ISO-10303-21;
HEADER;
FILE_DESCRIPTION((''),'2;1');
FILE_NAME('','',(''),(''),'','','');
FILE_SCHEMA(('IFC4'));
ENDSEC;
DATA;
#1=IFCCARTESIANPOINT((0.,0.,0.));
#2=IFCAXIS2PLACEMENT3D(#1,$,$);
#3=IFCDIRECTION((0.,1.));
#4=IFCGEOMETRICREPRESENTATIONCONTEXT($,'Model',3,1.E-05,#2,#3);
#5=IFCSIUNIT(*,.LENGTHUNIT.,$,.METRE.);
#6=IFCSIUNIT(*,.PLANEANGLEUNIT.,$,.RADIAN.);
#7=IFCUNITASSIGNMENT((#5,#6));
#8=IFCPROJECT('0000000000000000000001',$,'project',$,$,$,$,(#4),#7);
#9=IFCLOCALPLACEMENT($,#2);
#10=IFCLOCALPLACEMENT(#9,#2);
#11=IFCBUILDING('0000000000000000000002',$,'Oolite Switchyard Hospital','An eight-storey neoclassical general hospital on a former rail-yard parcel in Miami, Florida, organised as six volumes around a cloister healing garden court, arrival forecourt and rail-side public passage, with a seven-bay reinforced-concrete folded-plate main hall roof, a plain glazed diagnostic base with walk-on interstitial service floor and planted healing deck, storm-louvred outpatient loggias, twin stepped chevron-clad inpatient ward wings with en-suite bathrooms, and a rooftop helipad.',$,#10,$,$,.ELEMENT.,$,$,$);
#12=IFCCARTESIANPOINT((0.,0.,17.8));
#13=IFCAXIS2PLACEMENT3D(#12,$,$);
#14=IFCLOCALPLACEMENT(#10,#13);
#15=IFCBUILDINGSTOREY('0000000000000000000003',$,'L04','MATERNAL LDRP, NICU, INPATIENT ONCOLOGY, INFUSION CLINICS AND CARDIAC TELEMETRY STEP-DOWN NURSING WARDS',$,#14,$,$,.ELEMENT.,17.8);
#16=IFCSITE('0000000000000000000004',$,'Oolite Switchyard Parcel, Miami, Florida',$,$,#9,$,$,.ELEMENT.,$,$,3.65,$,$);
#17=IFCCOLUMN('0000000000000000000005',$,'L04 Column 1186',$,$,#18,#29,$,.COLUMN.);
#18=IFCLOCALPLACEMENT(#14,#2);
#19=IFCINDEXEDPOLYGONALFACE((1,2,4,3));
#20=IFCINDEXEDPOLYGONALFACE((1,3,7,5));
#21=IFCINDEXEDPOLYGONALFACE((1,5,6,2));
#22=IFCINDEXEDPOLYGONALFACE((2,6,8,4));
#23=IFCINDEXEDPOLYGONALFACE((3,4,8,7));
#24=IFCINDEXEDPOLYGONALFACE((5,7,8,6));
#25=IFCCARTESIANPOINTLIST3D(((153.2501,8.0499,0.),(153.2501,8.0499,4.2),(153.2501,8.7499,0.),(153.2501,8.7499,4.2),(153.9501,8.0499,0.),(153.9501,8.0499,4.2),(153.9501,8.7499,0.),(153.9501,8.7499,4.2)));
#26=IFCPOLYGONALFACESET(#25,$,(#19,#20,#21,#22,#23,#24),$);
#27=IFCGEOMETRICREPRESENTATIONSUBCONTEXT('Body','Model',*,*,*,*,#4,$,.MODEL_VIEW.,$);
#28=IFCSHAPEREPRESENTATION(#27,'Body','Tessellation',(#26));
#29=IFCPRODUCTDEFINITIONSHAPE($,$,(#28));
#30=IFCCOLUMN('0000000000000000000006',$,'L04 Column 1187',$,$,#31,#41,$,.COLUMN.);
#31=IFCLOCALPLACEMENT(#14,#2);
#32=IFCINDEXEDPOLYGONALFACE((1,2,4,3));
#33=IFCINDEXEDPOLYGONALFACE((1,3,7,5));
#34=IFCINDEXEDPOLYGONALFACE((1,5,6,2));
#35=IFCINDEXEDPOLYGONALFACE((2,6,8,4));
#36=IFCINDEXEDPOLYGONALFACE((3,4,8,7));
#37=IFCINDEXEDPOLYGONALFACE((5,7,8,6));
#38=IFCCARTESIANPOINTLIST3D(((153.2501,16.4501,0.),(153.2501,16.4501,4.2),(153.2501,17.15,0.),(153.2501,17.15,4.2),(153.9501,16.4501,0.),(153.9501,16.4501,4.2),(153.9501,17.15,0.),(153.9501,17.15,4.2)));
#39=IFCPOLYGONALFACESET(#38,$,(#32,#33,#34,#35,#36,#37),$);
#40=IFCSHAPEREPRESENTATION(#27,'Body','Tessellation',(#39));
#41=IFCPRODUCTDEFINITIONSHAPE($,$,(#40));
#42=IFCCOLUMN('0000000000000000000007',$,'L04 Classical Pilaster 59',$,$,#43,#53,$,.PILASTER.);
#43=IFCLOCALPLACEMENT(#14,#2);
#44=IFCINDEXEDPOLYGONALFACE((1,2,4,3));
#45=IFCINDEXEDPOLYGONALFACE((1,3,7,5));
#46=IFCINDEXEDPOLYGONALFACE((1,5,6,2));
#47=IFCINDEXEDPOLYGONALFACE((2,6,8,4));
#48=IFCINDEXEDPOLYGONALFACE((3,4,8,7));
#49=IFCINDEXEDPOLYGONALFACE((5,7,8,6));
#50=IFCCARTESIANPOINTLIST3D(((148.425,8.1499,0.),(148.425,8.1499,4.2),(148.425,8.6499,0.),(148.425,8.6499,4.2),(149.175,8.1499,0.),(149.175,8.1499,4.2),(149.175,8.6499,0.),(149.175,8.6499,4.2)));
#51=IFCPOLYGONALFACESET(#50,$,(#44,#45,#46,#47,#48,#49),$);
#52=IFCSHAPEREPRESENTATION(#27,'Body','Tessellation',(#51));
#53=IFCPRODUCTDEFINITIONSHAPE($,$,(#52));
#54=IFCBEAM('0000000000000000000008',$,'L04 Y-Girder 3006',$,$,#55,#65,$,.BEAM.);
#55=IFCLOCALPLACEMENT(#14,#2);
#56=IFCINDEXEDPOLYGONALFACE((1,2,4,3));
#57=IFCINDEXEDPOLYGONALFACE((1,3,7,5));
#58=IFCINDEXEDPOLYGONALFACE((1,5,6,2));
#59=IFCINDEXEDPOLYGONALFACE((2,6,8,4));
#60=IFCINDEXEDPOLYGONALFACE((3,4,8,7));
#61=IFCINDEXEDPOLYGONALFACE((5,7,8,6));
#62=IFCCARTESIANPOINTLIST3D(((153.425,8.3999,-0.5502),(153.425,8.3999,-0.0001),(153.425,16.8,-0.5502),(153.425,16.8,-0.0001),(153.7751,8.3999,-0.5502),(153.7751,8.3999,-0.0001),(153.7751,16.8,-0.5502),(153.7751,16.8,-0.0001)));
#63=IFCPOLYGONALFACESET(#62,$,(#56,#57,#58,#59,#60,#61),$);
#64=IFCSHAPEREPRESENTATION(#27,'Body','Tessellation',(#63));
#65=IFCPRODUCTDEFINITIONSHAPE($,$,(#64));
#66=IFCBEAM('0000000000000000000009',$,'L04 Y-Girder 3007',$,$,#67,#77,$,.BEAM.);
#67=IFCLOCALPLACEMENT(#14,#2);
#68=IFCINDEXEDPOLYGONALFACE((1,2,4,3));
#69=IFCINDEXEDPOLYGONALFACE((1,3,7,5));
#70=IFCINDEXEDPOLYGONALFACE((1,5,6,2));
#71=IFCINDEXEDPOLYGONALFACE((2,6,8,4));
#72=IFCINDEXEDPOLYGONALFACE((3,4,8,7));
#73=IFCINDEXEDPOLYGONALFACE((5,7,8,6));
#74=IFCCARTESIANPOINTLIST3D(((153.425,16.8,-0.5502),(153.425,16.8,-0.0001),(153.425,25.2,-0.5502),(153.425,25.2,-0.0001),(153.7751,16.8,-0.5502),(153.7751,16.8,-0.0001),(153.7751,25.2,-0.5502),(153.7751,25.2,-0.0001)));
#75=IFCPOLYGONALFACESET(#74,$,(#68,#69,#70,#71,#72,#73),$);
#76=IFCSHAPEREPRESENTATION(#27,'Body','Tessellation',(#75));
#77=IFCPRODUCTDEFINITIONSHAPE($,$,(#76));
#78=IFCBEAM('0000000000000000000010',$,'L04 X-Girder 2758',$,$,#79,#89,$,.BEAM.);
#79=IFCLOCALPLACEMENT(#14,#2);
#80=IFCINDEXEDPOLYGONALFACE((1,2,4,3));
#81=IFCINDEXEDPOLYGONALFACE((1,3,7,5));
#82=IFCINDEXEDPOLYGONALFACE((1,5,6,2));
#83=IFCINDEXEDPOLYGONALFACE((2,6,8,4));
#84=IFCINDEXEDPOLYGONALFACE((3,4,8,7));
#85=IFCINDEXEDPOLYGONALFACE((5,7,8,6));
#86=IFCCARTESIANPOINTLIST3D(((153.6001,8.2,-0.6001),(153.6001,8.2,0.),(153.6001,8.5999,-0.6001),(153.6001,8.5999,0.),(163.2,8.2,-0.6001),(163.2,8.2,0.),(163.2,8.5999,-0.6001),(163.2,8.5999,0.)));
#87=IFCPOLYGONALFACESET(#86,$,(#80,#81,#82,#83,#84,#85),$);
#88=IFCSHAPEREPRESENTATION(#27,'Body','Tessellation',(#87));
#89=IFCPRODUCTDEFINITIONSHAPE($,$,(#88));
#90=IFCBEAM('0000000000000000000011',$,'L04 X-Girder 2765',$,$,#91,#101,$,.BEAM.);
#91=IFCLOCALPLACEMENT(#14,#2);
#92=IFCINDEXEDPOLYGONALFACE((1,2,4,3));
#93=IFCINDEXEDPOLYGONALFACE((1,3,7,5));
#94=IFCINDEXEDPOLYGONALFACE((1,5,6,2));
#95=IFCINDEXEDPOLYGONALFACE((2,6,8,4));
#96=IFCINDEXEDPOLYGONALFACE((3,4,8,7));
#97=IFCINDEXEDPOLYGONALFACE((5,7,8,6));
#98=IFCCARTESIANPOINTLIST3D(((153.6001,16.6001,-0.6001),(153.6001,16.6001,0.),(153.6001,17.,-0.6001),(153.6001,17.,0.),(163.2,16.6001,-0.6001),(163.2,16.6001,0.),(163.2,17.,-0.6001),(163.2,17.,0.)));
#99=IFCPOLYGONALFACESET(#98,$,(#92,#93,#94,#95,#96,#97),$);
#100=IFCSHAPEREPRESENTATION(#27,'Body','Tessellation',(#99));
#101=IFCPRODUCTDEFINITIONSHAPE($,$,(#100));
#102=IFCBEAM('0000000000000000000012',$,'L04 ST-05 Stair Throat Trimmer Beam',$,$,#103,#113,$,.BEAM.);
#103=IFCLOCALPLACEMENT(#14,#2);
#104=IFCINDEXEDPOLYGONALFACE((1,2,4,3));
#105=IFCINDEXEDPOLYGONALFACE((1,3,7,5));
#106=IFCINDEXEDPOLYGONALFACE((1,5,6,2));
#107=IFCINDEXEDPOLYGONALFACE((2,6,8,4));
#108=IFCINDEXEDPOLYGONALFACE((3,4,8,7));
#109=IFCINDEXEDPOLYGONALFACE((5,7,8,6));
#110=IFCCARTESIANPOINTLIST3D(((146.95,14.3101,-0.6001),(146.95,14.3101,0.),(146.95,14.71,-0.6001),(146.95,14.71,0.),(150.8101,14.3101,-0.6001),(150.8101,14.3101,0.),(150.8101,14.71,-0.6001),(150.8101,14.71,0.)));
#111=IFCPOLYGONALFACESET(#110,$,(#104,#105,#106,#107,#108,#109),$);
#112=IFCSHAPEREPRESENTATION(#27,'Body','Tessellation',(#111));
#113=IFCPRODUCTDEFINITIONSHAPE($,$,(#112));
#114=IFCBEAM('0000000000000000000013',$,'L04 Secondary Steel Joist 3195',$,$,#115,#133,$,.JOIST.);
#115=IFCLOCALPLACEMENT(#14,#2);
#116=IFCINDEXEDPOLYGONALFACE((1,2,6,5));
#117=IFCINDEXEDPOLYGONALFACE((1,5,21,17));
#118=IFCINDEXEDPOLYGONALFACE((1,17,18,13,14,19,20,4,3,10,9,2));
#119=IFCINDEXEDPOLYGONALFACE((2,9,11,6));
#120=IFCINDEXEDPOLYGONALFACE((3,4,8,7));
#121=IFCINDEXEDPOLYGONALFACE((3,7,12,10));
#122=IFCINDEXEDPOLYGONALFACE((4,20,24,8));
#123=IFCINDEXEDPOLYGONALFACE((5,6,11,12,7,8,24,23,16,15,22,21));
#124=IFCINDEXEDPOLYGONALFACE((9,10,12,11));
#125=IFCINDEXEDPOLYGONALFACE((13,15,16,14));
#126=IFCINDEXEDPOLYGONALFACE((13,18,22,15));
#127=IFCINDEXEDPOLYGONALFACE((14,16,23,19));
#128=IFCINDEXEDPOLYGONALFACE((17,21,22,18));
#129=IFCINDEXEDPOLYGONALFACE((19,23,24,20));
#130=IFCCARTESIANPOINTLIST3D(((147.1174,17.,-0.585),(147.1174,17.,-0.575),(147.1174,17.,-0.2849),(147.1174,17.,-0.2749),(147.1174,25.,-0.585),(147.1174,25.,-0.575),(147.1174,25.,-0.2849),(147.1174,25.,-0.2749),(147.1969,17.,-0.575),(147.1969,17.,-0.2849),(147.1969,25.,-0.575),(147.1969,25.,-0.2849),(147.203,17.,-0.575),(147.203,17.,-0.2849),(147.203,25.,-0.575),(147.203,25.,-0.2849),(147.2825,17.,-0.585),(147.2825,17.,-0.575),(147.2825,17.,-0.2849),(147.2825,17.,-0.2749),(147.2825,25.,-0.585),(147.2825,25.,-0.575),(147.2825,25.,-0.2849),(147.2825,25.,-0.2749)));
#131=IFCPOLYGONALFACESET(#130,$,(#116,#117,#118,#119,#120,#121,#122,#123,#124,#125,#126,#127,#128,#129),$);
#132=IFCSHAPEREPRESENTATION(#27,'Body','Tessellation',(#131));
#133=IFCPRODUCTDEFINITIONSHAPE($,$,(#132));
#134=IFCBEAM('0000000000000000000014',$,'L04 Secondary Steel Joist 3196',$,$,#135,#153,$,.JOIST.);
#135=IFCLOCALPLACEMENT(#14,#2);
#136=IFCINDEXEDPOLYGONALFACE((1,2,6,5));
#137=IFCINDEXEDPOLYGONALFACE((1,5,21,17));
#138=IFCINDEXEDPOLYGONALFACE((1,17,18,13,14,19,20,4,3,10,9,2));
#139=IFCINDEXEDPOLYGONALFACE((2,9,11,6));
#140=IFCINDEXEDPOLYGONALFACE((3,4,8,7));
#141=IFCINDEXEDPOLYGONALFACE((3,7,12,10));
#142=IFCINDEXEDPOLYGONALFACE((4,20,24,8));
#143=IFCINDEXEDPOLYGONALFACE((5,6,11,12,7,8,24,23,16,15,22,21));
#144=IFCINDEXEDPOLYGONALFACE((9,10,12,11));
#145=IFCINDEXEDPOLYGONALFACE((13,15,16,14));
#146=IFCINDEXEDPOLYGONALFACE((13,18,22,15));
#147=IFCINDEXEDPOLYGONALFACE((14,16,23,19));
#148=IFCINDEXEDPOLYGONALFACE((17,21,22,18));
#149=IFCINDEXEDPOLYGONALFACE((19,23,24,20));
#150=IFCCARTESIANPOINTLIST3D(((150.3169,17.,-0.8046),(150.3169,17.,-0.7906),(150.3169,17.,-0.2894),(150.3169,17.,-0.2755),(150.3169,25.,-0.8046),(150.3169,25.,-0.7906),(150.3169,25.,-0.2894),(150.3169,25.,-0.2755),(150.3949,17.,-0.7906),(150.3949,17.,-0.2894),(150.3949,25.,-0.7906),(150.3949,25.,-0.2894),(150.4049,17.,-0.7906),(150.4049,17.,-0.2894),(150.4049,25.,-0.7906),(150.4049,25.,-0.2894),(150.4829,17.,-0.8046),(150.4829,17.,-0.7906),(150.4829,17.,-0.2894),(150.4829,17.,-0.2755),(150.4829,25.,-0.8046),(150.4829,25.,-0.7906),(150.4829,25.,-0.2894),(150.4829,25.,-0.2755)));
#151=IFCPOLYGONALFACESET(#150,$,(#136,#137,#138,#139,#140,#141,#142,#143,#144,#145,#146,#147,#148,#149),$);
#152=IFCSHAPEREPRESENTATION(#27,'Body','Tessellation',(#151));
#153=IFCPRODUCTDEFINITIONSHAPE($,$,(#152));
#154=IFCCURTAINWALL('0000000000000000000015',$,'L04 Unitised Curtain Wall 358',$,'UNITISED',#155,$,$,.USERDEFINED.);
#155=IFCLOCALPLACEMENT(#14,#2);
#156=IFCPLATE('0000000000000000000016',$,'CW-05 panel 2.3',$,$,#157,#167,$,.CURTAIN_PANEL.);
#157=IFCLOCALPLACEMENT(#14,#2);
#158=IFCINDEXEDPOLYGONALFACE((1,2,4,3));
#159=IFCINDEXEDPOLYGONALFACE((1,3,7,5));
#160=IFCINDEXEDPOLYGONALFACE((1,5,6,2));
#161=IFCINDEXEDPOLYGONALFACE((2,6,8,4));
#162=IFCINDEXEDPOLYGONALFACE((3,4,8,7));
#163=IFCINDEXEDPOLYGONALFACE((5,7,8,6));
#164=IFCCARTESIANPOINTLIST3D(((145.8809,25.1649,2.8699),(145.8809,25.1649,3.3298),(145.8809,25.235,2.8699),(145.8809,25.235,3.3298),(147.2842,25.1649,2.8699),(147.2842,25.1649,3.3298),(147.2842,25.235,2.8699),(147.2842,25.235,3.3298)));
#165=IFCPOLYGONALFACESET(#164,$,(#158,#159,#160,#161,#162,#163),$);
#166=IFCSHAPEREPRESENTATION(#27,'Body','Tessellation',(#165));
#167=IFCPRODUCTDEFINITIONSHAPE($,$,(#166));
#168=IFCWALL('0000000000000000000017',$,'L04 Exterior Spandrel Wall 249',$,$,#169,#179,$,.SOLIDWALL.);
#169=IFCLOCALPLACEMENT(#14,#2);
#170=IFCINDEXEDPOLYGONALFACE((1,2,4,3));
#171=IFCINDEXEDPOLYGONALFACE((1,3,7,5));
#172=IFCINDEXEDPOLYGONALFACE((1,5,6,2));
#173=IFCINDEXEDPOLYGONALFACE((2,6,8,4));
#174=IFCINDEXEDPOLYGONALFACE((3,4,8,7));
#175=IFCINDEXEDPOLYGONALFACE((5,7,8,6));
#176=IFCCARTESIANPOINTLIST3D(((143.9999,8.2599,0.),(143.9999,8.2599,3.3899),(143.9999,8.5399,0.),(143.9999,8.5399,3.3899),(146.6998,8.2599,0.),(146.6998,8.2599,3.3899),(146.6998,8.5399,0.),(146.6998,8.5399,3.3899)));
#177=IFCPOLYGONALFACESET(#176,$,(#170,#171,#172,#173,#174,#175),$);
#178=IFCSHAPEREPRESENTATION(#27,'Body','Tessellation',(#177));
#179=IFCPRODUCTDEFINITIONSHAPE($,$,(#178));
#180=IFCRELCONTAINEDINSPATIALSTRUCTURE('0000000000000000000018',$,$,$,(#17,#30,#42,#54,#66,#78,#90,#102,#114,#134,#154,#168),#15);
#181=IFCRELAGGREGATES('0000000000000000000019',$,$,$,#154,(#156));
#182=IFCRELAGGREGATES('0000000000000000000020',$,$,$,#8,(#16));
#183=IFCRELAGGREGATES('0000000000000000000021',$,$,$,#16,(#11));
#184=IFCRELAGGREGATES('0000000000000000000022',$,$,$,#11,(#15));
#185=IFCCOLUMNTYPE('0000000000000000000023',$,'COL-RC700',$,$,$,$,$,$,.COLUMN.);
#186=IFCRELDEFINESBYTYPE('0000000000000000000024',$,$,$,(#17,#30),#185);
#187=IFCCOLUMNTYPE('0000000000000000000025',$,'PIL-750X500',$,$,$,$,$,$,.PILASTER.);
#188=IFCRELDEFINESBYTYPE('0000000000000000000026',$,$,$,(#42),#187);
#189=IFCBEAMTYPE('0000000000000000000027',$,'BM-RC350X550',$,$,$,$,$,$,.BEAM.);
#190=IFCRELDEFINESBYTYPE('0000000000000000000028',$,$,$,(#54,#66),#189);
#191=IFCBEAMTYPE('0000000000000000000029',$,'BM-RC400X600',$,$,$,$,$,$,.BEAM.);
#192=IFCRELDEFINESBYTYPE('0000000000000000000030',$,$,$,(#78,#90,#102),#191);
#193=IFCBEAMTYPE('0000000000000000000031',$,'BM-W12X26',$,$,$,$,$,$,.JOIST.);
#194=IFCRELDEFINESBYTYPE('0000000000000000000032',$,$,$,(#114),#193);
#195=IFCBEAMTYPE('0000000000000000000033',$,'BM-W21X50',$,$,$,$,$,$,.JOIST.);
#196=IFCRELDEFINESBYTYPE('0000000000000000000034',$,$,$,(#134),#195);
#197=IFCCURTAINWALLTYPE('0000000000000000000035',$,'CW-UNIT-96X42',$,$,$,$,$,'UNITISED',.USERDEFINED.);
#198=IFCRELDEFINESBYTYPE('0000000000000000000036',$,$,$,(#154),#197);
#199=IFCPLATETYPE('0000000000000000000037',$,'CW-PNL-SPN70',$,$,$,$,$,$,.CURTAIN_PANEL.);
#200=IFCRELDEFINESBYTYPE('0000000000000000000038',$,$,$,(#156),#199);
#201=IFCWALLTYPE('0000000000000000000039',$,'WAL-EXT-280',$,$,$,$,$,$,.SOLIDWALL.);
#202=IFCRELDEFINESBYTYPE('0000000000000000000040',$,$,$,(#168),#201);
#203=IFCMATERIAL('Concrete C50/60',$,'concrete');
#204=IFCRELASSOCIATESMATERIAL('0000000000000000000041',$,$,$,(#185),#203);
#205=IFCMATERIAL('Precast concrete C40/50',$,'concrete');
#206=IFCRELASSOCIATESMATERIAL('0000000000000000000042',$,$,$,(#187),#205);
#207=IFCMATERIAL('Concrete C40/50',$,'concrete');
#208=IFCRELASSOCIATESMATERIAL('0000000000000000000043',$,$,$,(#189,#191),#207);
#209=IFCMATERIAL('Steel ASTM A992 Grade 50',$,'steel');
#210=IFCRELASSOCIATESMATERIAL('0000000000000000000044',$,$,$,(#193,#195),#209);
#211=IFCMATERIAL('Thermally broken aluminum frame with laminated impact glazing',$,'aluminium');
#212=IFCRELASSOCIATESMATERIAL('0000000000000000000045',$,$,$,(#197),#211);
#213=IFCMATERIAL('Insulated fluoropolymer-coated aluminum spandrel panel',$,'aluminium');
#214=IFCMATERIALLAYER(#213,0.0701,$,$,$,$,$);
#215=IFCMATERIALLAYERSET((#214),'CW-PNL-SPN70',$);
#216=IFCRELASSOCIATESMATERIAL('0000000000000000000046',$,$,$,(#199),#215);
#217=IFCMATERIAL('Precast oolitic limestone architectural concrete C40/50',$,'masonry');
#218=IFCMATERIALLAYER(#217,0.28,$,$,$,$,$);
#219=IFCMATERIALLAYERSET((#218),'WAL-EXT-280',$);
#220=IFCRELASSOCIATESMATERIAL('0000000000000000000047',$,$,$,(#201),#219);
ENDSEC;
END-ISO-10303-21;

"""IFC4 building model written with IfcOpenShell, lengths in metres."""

from ifc_helpers import new_model, si_unit, direction, frame, frame_2d, origin, origin_2d, place, context, subcontext, project, spatial, rectangle, i_section, extrude, material, layer, layer_set, material_profile, profile_set, type_object, element, aggregate, save


model = new_model("IFC4")

# Units and contexts
model_context = context("Model", 3, precision=1e-05, world=origin(), true_north=direction((0.0, 1.0)))
body_context = subcontext(model_context, "Body", "Model", "MODEL_VIEW")
ifc_project = project(units=[si_unit("LENGTHUNIT", "METRE"), si_unit("PLANEANGLEUNIT", "RADIAN")], contexts=[model_context])

# Site, building, storey
site_placement = place(None, origin())
site = spatial("IfcSite", under=ifc_project, at=site_placement, Name="Oolite Switchyard Parcel, Miami, Florida", CompositionType="ELEMENT", RefElevation=3.65)
building_placement = place(site_placement, origin())
building = spatial("IfcBuilding", under=site, at=building_placement, Name="Oolite Switchyard Hospital", Description="An eight-storey neoclassical general hospital on a former rail-yard parcel in Miami, Florida, organised as six volumes around a cloister healing garden court, arrival forecourt and rail-side public passage, with a seven-bay reinforced-concrete folded-plate main hall roof, a plain glazed diagnostic base with walk-on interstitial service floor and planted healing deck, storm-louvred outpatient loggias, twin stepped chevron-clad inpatient ward wings with en-suite bathrooms, and a rooftop helipad.", CompositionType="ELEMENT")
storey_placement = place(building_placement, frame((0.0, 0.0, 17.8)))
storey = spatial("IfcBuildingStorey", under=building, at=storey_placement, Name="L04", Description="MATERNAL LDRP, NICU, INPATIENT ONCOLOGY, INFUSION CLINICS AND CARDIAC TELEMETRY STEP-DOWN NURSING WARDS", CompositionType="ELEMENT", Elevation=17.8)

# Columns
ifc_material_1 = material(Name="Concrete C50/60", Category="concrete")
ifc_material_profile_1 = material_profile(ifc_material_1, rectangle(XDim=0.7, YDim=0.7, at=origin_2d()), Name="RC700X700")
ifc_profile_set_1 = profile_set([ifc_material_profile_1], Name="Concrete C50/60")
column_type_1 = type_object("IfcColumnType", Name="COL-RC700", PredefinedType="COLUMN", material=ifc_profile_set_1)
for number, where, z_axis, x_axis, name in (
    (1, (153.6001, 8.3999, 0.0), (0.0, 0.0, 1.0), (1.0, 0.0, 0.0), "L04 Column 1186"),
    (2, (153.6001, 16.8, 0.0), (0.0, 0.0, 1.0), (1.0, 0.0, 0.0), "L04 Column 1187"),
):
    element("IfcColumn", number, at=place(storey_placement, frame(where, z_axis=z_axis, x_axis=x_axis)), inside=storey, type_object=column_type_1, Name=name, PredefinedType="COLUMN", context=body_context, shape_type="SweptSolid", body=[
        extrude(rectangle(XDim=0.7, YDim=0.7, at=origin_2d()), origin(), (0.0, 0.0, 1.0), 4.2),
    ])
ifc_material_2 = material(Name="Precast concrete C40/50", Category="concrete")
ifc_material_profile_2 = material_profile(ifc_material_2, rectangle(XDim=0.75, YDim=0.5, at=origin_2d()), Name="PIL750X500")
ifc_profile_set_2 = profile_set([ifc_material_profile_2], Name="Precast concrete C40/50")
column_type_2 = type_object("IfcColumnType", Name="PIL-750X500", PredefinedType="PILASTER", material=ifc_profile_set_2)
column_placement = place(storey_placement, frame((148.8, 8.3999, 0.0), z_axis=(0.0, 0.0, 1.0), x_axis=(1.0, 0.0, 0.0)))
element("IfcColumn", 3, at=column_placement, inside=storey, type_object=column_type_2, Name="L04 Classical Pilaster 59", PredefinedType="PILASTER", context=body_context, shape_type="SweptSolid", body=[
    extrude(rectangle(XDim=0.75, YDim=0.5, at=origin_2d()), origin(), (0.0, 0.0, 1.0), 4.2),
])

# Beams
ifc_material_3 = material(Name="Concrete C40/50", Category="concrete")
ifc_material_profile_3 = material_profile(ifc_material_3, rectangle(XDim=0.3501, YDim=0.55, at=origin_2d()), Name="RCB350X550")
ifc_profile_set_3 = profile_set([ifc_material_profile_3], Name="Concrete C40/50")
beam_type_1 = type_object("IfcBeamType", Name="BM-RC350X550", PredefinedType="BEAM", material=ifc_profile_set_3)
beam_1_placement = place(storey_placement, frame((153.6001, 8.3999, -0.2751), z_axis=(0.0, 1.0, 0.0), x_axis=(-1.0, 0.0, 0.0)))
element("IfcBeam", 4, at=beam_1_placement, inside=storey, type_object=beam_type_1, Name="L04 Y-Girder 3006", PredefinedType="BEAM", context=body_context, shape_type="SweptSolid", body=[
    extrude(rectangle(XDim=0.3501, YDim=0.55, at=origin_2d()), origin(), (0.0, 0.0, 1.0), 8.4001),
])
beam_2_placement = place(storey_placement, frame((153.6001, 16.8, -0.2751), z_axis=(0.0, 1.0, 0.0), x_axis=(-1.0, 0.0, 0.0)))
element("IfcBeam", 5, at=beam_2_placement, inside=storey, type_object=beam_type_1, Name="L04 Y-Girder 3007", PredefinedType="BEAM", context=body_context, shape_type="SweptSolid", body=[
    extrude(rectangle(XDim=0.3501, YDim=0.55, at=origin_2d()), origin(), (0.0, 0.0, 1.0), 8.3999),
])
ifc_material_profile_4 = material_profile(ifc_material_3, rectangle(XDim=0.3999, YDim=0.6001, at=origin_2d()), Name="RCB400X600")
ifc_profile_set_4 = profile_set([ifc_material_profile_4], Name="Concrete C40/50")
beam_type_2 = type_object("IfcBeamType", Name="BM-RC400X600", PredefinedType="BEAM", material=ifc_profile_set_4)
for number, where, z_axis, x_axis, name in (
    (6, (153.6001, 8.3999, -0.3), (1.0, 0.0, 0.0), (0.0, 1.0, 0.0), "L04 X-Girder 2758"),
    (7, (153.6001, 16.8, -0.3), (1.0, 0.0, 0.0), (0.0, 1.0, 0.0), "L04 X-Girder 2765"),
):
    element("IfcBeam", number, at=place(storey_placement, frame(where, z_axis=z_axis, x_axis=x_axis)), inside=storey, type_object=beam_type_2, Name=name, PredefinedType="BEAM", context=body_context, shape_type="SweptSolid", body=[
        extrude(rectangle(XDim=0.3999, YDim=0.6001, at=origin_2d()), origin(), (0.0, 0.0, 1.0), 9.5999),
    ])
beam_3_placement = place(storey_placement, frame((146.95, 14.51, -0.3), z_axis=(1.0, 0.0, 0.0), x_axis=(0.0, 1.0, 0.0)))
element("IfcBeam", 8, at=beam_3_placement, inside=storey, type_object=beam_type_2, Name="L04 ST-05 Stair Throat Trimmer Beam", PredefinedType="BEAM", context=body_context, shape_type="SweptSolid", body=[
    extrude(rectangle(XDim=0.3999, YDim=0.6001, at=origin_2d()), origin(), (0.0, 0.0, 1.0), 3.8601),
])
ifc_material_4 = material(Name="Steel ASTM A992 Grade 50", Category="steel")
ifc_material_profile_5 = material_profile(ifc_material_4, i_section(OverallWidth=0.165, OverallDepth=0.3101, WebThickness=0.0061, FlangeThickness=0.01, at=origin_2d()), Name="W12X26")
ifc_profile_set_5 = profile_set([ifc_material_profile_5], Name="Steel ASTM A992 Grade 50")
beam_type_3 = type_object("IfcBeamType", Name="BM-W12X26", PredefinedType="JOIST", material=ifc_profile_set_5)
beam_4_placement = place(storey_placement, frame((147.2, 17.0, -0.4299), z_axis=(0.0, 1.0, 0.0), x_axis=(-1.0, 0.0, 0.0)))
element("IfcBeam", 9, at=beam_4_placement, inside=storey, type_object=beam_type_3, Name="L04 Secondary Steel Joist 3195", PredefinedType="JOIST", context=body_context, shape_type="SweptSolid", body=[
    extrude(i_section(OverallWidth=0.165, OverallDepth=0.3101, WebThickness=0.0061, FlangeThickness=0.01, at=origin_2d()), origin(), (0.0, 0.0, 1.0), 8.0),
])
ifc_material_profile_6 = material_profile(ifc_material_4, i_section(OverallWidth=0.166, OverallDepth=0.5291, WebThickness=0.01, FlangeThickness=0.0139, at=origin_2d()), Name="W21X50")
ifc_profile_set_6 = profile_set([ifc_material_profile_6], Name="Steel ASTM A992 Grade 50")
beam_type_4 = type_object("IfcBeamType", Name="BM-W21X50", PredefinedType="JOIST", material=ifc_profile_set_6)
beam_5_placement = place(storey_placement, frame((150.3999, 17.0, -0.54), z_axis=(0.0, 1.0, 0.0), x_axis=(-1.0, 0.0, 0.0)))
element("IfcBeam", 10, at=beam_5_placement, inside=storey, type_object=beam_type_4, Name="L04 Secondary Steel Joist 3196", PredefinedType="JOIST", context=body_context, shape_type="SweptSolid", body=[
    extrude(i_section(OverallWidth=0.166, OverallDepth=0.5291, WebThickness=0.01, FlangeThickness=0.0139, at=origin_2d()), origin(), (0.0, 0.0, 1.0), 8.0),
])

# Curtain wall, plate
ifc_material_5 = material(Name="Thermally broken aluminum frame with laminated impact glazing", Category="aluminium")
curtain_wall_type = type_object("IfcCurtainWallType", Name="CW-UNIT-96X42", ElementType="UNITISED", PredefinedType="USERDEFINED", material=ifc_material_5)
curtain_wall_placement = place(storey_placement, origin())
curtain_wall = element("IfcCurtainWall", 11, at=curtain_wall_placement, inside=storey, type_object=curtain_wall_type, Name="L04 Unitised Curtain Wall 358", ObjectType="UNITISED", PredefinedType="USERDEFINED")
ifc_material_6 = material(Name="Insulated fluoropolymer-coated aluminum spandrel panel", Category="aluminium")
ifc_layer_1 = layer(ifc_material_6, 0.0701)
ifc_layer_set_1 = layer_set([ifc_layer_1], Name="CW-PNL-SPN70")
plate_type = type_object("IfcPlateType", Name="CW-PNL-SPN70", PredefinedType="CURTAIN_PANEL", material=ifc_layer_set_1)
plate_placement = place(storey_placement, frame((146.5825, 25.2, 2.8699), z_axis=(0.0, 0.0, 1.0), x_axis=(1.0, 0.0, 0.0)))
plate = element("IfcPlate", 12, at=plate_placement, type_object=plate_type, Name="CW-05 panel 2.3", PredefinedType="CURTAIN_PANEL", context=body_context, shape_type="SweptSolid", body=[
    extrude(rectangle(XDim=1.4033, YDim=0.0701, at=origin_2d()), origin(), (0.0, 0.0, 1.0), 0.46),
])
aggregate(curtain_wall, [plate])

# Wall
ifc_material_7 = material(Name="Precast oolitic limestone architectural concrete C40/50", Category="masonry")
ifc_layer_2 = layer(ifc_material_7, 0.28)
ifc_layer_set_2 = layer_set([ifc_layer_2], Name="WAL-EXT-280")
wall_type_1 = type_object("IfcWallType", Name="WAL-EXT-280", PredefinedType="SOLIDWALL", material=ifc_layer_set_2)
wall_1_placement = place(storey_placement, frame((146.7, 8.3999, 0.0), z_axis=(0.0, 0.0, 1.0), x_axis=(-1.0, 0.0, 0.0)))
element("IfcWall", 13, at=wall_1_placement, inside=storey, type_object=wall_type_1, Name="L04 Exterior Spandrel Wall 249", PredefinedType="SOLIDWALL", context=body_context, shape_type="SweptSolid", body=[
    extrude(rectangle(XDim=2.7, YDim=0.28, at=frame_2d((1.3501, 0.0))), origin(), (0.0, 0.0, 1.0), 3.3899),
])

save(model, "model.ifc")
